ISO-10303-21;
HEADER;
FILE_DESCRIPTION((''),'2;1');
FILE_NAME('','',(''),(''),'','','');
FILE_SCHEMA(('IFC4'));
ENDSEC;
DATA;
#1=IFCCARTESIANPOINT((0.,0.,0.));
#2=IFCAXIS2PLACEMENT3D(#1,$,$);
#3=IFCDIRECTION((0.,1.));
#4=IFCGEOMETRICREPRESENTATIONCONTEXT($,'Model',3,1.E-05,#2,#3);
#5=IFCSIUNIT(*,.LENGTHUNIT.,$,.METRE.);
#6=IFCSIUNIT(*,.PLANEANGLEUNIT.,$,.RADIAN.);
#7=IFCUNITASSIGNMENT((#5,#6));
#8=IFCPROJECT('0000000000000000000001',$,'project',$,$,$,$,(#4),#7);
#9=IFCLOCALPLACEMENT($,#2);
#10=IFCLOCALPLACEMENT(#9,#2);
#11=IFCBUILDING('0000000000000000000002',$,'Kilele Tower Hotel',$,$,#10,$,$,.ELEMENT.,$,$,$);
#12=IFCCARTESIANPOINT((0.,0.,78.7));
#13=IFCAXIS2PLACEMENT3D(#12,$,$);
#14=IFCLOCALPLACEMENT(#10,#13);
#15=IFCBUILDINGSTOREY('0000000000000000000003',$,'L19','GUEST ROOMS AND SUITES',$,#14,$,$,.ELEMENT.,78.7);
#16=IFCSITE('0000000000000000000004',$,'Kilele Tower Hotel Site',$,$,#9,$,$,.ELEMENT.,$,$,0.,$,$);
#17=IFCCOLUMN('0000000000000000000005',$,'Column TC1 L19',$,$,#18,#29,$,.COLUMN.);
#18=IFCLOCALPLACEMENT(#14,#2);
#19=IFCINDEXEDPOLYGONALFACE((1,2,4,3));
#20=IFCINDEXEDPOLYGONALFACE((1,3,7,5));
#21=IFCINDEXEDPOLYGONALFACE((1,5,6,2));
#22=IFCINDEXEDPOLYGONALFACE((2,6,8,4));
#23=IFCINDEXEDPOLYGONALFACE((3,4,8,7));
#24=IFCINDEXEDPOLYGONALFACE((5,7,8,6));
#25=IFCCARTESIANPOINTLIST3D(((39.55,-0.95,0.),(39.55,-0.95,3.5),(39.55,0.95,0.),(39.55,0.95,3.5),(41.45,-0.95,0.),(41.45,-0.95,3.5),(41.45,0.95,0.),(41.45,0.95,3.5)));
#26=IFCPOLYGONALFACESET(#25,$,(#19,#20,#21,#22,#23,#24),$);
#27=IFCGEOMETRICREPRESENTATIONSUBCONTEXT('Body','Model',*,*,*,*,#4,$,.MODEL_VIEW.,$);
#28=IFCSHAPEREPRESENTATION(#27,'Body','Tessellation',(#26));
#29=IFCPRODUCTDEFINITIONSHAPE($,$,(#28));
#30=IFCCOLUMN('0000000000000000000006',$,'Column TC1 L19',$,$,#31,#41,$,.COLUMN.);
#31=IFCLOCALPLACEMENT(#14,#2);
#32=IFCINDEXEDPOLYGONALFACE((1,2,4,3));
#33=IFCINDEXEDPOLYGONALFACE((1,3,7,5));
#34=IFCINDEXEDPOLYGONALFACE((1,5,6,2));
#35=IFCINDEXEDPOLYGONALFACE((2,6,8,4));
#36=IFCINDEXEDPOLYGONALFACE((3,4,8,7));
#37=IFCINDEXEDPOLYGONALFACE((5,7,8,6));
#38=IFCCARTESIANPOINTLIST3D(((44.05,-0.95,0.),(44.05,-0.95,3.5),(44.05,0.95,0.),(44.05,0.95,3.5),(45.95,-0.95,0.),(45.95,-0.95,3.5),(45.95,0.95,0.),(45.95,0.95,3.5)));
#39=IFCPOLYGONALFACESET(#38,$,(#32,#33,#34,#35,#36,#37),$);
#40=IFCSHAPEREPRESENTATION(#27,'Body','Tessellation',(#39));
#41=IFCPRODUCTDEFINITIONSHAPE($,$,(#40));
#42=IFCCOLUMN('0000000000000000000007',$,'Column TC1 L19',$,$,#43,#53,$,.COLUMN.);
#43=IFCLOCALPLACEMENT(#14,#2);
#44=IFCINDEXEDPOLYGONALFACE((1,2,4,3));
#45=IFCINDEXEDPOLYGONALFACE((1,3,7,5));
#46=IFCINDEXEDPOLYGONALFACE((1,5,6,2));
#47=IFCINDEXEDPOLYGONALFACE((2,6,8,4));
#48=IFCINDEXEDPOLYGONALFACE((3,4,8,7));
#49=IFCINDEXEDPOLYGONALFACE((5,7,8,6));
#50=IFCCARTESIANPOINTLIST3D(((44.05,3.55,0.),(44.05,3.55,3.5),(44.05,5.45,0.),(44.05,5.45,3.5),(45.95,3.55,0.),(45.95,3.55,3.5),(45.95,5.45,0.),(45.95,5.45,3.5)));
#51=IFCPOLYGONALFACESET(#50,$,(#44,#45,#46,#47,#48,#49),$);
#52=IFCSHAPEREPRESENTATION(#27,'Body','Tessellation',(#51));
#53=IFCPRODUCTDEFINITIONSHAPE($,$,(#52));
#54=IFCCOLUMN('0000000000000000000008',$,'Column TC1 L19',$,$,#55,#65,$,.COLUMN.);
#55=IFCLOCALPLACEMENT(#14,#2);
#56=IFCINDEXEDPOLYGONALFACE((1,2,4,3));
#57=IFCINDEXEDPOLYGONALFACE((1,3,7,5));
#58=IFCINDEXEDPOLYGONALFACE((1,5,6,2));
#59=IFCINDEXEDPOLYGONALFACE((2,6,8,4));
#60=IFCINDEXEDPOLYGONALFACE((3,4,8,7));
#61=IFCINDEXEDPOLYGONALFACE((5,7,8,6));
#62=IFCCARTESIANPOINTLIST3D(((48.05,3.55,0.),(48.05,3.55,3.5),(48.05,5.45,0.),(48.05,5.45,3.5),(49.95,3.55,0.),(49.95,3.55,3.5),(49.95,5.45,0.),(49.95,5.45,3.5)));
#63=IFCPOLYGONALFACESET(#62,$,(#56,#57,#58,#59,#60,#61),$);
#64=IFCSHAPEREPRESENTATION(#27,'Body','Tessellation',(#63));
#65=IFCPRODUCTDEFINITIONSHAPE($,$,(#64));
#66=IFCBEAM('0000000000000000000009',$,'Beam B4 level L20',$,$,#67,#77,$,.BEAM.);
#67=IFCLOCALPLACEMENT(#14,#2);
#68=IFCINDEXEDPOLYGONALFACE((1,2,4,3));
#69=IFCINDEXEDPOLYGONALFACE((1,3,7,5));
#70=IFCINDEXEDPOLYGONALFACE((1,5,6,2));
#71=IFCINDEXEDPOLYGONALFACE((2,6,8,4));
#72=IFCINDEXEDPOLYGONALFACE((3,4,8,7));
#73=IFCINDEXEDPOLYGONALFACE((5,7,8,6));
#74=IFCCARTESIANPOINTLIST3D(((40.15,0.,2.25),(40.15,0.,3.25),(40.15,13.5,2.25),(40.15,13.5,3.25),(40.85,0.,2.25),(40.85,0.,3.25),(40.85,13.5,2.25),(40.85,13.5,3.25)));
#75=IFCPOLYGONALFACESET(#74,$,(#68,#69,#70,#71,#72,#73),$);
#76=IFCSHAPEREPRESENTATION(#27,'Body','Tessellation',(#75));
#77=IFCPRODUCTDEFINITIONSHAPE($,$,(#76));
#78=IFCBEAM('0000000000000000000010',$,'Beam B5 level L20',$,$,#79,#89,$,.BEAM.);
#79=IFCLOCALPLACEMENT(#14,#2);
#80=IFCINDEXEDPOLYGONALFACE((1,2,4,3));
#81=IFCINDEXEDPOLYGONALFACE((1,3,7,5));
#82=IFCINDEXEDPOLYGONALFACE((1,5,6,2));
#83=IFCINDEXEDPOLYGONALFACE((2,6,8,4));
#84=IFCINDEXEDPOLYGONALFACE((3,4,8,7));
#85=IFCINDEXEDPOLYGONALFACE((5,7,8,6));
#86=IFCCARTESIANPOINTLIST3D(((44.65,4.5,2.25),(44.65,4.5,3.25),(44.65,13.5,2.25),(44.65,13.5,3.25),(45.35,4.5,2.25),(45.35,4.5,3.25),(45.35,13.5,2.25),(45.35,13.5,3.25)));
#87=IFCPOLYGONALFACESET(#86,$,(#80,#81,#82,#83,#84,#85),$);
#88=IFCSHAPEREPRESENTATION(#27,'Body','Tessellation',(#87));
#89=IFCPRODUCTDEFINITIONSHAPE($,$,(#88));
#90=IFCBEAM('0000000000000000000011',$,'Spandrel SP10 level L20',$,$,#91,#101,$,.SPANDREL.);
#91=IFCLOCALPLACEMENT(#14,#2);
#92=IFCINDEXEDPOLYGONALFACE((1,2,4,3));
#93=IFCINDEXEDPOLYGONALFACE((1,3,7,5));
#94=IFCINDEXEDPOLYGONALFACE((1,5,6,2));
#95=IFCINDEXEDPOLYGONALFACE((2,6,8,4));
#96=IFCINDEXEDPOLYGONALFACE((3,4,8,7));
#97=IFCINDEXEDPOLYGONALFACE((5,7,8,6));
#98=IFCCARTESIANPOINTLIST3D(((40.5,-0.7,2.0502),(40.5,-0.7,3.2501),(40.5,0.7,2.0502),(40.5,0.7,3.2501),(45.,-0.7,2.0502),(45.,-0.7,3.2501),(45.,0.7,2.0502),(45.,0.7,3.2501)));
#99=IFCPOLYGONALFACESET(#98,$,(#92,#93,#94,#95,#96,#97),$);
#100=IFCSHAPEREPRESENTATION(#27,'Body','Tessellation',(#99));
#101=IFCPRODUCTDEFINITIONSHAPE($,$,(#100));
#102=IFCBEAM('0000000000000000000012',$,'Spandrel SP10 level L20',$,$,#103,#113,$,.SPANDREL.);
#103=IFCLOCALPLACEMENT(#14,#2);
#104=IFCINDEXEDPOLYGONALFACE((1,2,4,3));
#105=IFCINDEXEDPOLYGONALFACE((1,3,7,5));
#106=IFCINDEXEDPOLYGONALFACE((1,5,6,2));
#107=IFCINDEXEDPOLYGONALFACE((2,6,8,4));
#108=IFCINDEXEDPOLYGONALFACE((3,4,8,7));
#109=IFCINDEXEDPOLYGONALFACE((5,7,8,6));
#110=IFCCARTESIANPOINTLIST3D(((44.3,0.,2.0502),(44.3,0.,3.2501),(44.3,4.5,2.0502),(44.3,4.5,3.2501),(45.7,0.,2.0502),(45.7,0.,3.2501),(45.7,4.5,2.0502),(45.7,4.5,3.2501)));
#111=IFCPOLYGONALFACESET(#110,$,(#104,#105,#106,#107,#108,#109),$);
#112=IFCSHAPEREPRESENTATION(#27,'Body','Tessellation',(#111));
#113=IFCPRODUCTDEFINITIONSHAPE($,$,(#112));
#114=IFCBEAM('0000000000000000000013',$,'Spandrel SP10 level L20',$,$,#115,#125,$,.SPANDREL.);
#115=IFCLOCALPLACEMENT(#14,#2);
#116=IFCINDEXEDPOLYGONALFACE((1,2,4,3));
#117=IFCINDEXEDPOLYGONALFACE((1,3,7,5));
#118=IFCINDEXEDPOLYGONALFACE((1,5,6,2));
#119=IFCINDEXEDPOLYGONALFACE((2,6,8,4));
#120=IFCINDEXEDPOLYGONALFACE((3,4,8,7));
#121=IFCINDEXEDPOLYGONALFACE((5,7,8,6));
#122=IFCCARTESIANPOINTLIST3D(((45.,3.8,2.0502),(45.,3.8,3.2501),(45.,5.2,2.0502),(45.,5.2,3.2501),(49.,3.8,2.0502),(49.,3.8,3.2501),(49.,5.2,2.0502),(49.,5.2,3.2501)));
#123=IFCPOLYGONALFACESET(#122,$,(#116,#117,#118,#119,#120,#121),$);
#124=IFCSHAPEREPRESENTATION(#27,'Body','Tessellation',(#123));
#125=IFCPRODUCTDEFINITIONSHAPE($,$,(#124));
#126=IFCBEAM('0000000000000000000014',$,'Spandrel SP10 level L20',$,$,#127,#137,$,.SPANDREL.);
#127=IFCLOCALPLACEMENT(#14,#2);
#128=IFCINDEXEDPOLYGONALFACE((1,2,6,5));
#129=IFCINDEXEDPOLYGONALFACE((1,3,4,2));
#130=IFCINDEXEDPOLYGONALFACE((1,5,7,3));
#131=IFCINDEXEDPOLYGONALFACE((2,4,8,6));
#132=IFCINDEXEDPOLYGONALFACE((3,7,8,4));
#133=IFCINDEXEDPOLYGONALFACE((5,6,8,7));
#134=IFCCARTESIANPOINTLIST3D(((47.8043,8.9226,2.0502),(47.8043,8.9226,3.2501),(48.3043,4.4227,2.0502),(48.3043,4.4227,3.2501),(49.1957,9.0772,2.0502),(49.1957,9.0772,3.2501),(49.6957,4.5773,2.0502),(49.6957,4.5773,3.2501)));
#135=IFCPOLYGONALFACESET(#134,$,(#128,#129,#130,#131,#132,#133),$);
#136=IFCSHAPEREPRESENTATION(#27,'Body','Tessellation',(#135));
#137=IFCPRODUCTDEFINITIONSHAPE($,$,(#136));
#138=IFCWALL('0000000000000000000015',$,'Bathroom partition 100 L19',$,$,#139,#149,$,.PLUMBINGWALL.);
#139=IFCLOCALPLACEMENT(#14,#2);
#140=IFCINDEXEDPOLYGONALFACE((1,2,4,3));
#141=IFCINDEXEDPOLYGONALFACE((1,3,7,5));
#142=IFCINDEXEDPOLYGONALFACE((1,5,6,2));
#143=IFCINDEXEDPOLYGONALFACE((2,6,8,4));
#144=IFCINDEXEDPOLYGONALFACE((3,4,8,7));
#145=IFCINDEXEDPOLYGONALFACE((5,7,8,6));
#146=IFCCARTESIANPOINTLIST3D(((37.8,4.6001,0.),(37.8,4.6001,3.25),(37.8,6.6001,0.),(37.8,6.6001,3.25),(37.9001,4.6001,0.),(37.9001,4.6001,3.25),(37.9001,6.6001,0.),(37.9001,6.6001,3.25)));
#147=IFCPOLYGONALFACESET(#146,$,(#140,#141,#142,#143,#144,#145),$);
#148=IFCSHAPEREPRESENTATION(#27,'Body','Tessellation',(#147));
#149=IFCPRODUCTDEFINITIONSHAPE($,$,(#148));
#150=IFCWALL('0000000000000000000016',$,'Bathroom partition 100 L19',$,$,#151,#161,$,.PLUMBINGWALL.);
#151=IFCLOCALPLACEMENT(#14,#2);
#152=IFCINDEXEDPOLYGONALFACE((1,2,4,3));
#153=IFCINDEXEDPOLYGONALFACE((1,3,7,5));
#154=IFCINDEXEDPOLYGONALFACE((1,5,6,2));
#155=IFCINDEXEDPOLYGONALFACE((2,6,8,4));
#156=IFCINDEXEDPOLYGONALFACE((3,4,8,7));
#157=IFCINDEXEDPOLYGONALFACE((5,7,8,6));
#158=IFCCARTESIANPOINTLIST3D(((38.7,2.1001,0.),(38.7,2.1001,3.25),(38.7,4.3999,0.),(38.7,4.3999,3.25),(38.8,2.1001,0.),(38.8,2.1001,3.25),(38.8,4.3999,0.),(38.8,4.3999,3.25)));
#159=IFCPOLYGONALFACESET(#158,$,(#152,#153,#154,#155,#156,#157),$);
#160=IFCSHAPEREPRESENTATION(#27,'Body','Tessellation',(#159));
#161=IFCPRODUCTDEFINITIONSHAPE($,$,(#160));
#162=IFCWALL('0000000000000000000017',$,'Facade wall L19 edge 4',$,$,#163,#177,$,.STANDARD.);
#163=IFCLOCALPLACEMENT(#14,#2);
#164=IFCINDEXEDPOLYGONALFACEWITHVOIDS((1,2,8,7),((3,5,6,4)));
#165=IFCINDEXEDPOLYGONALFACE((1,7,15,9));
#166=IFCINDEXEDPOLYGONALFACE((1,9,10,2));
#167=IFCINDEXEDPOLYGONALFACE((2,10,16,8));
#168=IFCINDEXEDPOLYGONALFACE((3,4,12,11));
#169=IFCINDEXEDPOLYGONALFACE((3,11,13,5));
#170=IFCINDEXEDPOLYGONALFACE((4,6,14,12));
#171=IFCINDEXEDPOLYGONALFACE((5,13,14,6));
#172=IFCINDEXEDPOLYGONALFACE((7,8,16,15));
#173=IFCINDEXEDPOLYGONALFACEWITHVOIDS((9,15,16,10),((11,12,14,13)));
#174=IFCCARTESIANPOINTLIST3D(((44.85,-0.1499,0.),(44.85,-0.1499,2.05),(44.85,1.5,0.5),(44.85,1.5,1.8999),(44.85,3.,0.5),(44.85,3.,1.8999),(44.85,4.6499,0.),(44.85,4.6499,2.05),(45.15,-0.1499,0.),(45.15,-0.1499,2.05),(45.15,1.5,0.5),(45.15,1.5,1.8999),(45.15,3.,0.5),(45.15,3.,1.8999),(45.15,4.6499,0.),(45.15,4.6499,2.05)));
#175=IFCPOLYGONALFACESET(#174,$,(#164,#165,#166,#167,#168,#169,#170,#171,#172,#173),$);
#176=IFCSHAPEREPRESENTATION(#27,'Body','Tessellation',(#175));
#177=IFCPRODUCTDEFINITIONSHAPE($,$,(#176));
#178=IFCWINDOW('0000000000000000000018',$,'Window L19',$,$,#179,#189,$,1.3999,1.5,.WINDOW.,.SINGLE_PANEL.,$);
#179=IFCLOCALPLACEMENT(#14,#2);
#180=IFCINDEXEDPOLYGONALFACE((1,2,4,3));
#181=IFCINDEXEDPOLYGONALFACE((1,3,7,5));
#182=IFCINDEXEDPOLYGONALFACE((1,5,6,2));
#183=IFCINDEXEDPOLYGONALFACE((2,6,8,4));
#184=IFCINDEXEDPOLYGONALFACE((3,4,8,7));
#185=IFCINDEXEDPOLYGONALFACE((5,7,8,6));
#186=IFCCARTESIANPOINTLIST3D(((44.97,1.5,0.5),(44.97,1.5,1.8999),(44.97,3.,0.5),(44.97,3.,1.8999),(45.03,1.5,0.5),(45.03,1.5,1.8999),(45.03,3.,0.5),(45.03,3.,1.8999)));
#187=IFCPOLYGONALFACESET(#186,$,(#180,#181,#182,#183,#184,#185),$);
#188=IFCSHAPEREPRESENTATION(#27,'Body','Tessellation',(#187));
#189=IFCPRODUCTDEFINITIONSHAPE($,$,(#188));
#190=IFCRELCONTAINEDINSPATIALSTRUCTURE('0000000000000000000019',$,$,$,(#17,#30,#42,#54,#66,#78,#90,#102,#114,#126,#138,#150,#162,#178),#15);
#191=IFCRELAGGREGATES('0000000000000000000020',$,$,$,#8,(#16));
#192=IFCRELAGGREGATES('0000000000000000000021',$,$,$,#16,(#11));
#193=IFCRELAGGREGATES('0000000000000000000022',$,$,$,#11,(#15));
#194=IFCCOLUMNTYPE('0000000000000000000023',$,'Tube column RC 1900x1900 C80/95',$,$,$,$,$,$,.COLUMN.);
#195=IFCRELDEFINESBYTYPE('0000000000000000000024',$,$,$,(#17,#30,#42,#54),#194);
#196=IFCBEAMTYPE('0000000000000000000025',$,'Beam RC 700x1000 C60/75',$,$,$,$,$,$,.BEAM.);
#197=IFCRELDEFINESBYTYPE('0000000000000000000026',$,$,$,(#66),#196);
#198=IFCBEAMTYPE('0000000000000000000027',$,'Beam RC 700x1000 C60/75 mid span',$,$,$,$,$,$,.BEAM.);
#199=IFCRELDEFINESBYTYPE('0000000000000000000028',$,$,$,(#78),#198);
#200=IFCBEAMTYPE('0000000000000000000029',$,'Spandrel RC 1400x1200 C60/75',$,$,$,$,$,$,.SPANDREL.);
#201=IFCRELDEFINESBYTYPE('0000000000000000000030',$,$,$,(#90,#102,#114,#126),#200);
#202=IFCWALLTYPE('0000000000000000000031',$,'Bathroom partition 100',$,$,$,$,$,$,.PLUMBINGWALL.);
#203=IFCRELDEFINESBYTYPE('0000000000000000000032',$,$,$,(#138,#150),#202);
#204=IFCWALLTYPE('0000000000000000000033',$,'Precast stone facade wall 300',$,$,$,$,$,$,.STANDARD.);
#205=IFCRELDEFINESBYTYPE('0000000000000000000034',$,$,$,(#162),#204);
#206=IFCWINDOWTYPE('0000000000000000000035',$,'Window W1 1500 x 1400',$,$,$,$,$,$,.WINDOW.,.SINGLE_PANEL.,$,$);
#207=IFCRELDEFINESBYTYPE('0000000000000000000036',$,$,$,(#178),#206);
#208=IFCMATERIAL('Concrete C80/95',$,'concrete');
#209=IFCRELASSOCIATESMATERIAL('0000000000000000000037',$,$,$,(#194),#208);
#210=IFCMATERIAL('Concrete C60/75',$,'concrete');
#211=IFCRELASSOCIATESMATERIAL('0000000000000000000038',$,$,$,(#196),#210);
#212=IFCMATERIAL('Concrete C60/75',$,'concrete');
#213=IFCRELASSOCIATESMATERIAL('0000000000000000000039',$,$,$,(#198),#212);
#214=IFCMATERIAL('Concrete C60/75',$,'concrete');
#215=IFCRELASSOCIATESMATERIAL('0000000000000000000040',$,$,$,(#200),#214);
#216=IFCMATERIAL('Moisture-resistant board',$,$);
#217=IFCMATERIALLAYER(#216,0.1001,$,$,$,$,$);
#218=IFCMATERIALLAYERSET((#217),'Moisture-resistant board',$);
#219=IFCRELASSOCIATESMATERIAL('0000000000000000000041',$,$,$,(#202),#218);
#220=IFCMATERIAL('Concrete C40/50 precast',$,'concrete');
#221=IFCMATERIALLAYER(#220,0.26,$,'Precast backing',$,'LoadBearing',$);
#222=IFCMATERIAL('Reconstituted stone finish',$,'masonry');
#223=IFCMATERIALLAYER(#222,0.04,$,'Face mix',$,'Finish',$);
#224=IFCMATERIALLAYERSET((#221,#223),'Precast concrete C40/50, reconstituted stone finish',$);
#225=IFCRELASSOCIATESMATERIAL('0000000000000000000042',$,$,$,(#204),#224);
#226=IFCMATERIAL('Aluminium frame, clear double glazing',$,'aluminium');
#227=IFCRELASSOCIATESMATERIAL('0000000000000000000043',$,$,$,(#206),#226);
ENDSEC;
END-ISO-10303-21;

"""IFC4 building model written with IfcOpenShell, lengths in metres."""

from ifc_helpers import new_model, si_unit, direction, frame, frame_2d, origin, origin_2d, place, context, subcontext, project, spatial, rectangle, extrude, material, layer, layer_set, material_profile, profile_set, type_object, element, fill, save


model = new_model("IFC4")

# Units and contexts
model_context = context("Model", 3, precision=1e-05, world=origin(), true_north=direction((0.0, 1.0)))
body_context = subcontext(model_context, "Body", "Model", "MODEL_VIEW")
ifc_project = project(units=[si_unit("LENGTHUNIT", "METRE"), si_unit("PLANEANGLEUNIT", "RADIAN")], contexts=[model_context])

# Site, building, storey
site_placement = place(None, origin())
site = spatial("IfcSite", under=ifc_project, at=site_placement, Name="Kilele Tower Hotel Site", CompositionType="ELEMENT", RefElevation=0.0)
building_placement = place(site_placement, origin())
building = spatial("IfcBuilding", under=site, at=building_placement, Name="Kilele Tower Hotel", CompositionType="ELEMENT")
storey_placement = place(building_placement, frame((0.0, 0.0, 78.7)))
storey = spatial("IfcBuildingStorey", under=building, at=storey_placement, Name="L19", Description="GUEST ROOMS AND SUITES", CompositionType="ELEMENT", Elevation=78.7)

# Columns
ifc_material_1 = material(Name="Concrete C80/95", Category="concrete")
ifc_material_profile_1 = material_profile(ifc_material_1, rectangle(XDim=1.8999, YDim=1.8999, at=origin_2d()))
ifc_profile_set_1 = profile_set([ifc_material_profile_1], Name="Concrete C80/95")
column_type = type_object("IfcColumnType", Name="Tube column RC 1900x1900 C80/95", PredefinedType="COLUMN", material=ifc_profile_set_1)
for number, where, z_axis, x_axis, name in (
    (1, (40.5, 0.0, 0.0), (0.0, 0.0, 1.0), (1.0, 0.0, 0.0), "Column TC1 L19"),
    (2, (45.0, 0.0, 0.0), (0.0, 0.0, 1.0), (1.0, 0.0, 0.0), "Column TC1 L19"),
    (3, (45.0, 4.5, 0.0), (0.0, 0.0, 1.0), (1.0, 0.0, 0.0), "Column TC1 L19"),
    (4, (49.0, 4.5, 0.0), (0.0, 0.0, 1.0), (1.0, 0.0, 0.0), "Column TC1 L19"),
):
    element("IfcColumn", number, at=place(storey_placement, frame(where, z_axis=z_axis, x_axis=x_axis)), inside=storey, type_object=column_type, Name=name, PredefinedType="COLUMN", context=body_context, shape_type="SweptSolid", body=[
        extrude(rectangle(XDim=1.8999, YDim=1.8999, at=origin_2d()), origin(), (0.0, 0.0, 1.0), 3.5),
    ])

# Beams
ifc_material_2 = material(Name="Concrete C60/75", Category="concrete")
ifc_material_profile_2 = material_profile(ifc_material_2, rectangle(XDim=0.7, YDim=1.0, at=origin_2d()))
ifc_profile_set_2 = profile_set([ifc_material_profile_2], Name="Concrete C60/75")
beam_type_1 = type_object("IfcBeamType", Name="Beam RC 700x1000 C60/75", PredefinedType="BEAM", material=ifc_profile_set_2)
beam_1_placement = place(storey_placement, frame((40.5, 0.0, 2.75), z_axis=(0.0, 1.0, 0.0), x_axis=(-1.0, 0.0, 0.0)))
element("IfcBeam", 5, at=beam_1_placement, inside=storey, type_object=beam_type_1, Name="Beam B4 level L20", PredefinedType="BEAM", context=body_context, shape_type="SweptSolid", body=[
    extrude(rectangle(XDim=0.7, YDim=1.0, at=origin_2d()), origin(), (0.0, 0.0, 1.0), 13.5),
])
ifc_material_3 = material(Name="Concrete C60/75", Category="concrete")
ifc_material_profile_3 = material_profile(ifc_material_3, rectangle(XDim=0.7, YDim=1.0, at=origin_2d()))
ifc_profile_set_3 = profile_set([ifc_material_profile_3], Name="Concrete C60/75")
beam_type_2 = type_object("IfcBeamType", Name="Beam RC 700x1000 C60/75 mid span", PredefinedType="BEAM", material=ifc_profile_set_3)
beam_2_placement = place(storey_placement, frame((45.0, 4.5, 2.75), z_axis=(0.0, 1.0, 0.0), x_axis=(-1.0, 0.0, 0.0)))
element("IfcBeam", 6, at=beam_2_placement, inside=storey, type_object=beam_type_2, Name="Beam B5 level L20", PredefinedType="BEAM", context=body_context, shape_type="SweptSolid", body=[
    extrude(rectangle(XDim=0.7, YDim=1.0, at=origin_2d()), origin(), (0.0, 0.0, 1.0), 9.0),
])
ifc_material_4 = material(Name="Concrete C60/75", Category="concrete")
ifc_material_profile_4 = material_profile(ifc_material_4, rectangle(XDim=1.3999, YDim=1.2, at=origin_2d()))
ifc_profile_set_4 = profile_set([ifc_material_profile_4], Name="Concrete C60/75")
beam_type_3 = type_object("IfcBeamType", Name="Spandrel RC 1400x1200 C60/75", PredefinedType="SPANDREL", material=ifc_profile_set_4)
for number, where, z_axis, x_axis, name in (
    (7, (40.5, 0.0, 2.6501), (1.0, 0.0, 0.0), (0.0, 1.0, 0.0), "Spandrel SP10 level L20"),
    (8, (45.0, 0.0, 2.6501), (0.0, 1.0, 0.0), (-1.0, 0.0, 0.0), "Spandrel SP10 level L20"),
):
    element("IfcBeam", number, at=place(storey_placement, frame(where, z_axis=z_axis, x_axis=x_axis)), inside=storey, type_object=beam_type_3, Name=name, PredefinedType="SPANDREL", context=body_context, shape_type="SweptSolid", body=[
        extrude(rectangle(XDim=1.3999, YDim=1.2, at=origin_2d()), origin(), (0.0, 0.0, 1.0), 4.5),
    ])
beam_3_placement = place(storey_placement, frame((45.0, 4.5, 2.6501), z_axis=(1.0, 0.0, 0.0), x_axis=(0.0, 1.0, 0.0)))
element("IfcBeam", 9, at=beam_3_placement, inside=storey, type_object=beam_type_3, Name="Spandrel SP10 level L20", PredefinedType="SPANDREL", context=body_context, shape_type="SweptSolid", body=[
    extrude(rectangle(XDim=1.3999, YDim=1.2, at=origin_2d()), origin(), (0.0, 0.0, 1.0), 4.0),
])
beam_4_placement = place(storey_placement, frame((49.0, 4.5, 2.6501), z_axis=(-0.110432, 0.993884, 0.0), x_axis=(-0.993884, -0.110432, 0.0)))
element("IfcBeam", 10, at=beam_4_placement, inside=storey, type_object=beam_type_3, Name="Spandrel SP10 level L20", PredefinedType="SPANDREL", context=body_context, shape_type="SweptSolid", body=[
    extrude(rectangle(XDim=1.3999, YDim=1.2, at=origin_2d()), origin(), (0.0, 0.0, 1.0), 4.5276),
])

# Walls
ifc_material_5 = material(Name="Moisture-resistant board")
ifc_layer_1 = layer(ifc_material_5, 0.1001)
ifc_layer_set_1 = layer_set([ifc_layer_1], Name="Moisture-resistant board")
wall_type_1 = type_object("IfcWallType", Name="Bathroom partition 100", PredefinedType="PLUMBINGWALL", material=ifc_layer_set_1)
wall_1_placement = place(storey_placement, frame((37.8501, 4.6001, 0.0), z_axis=(0.0, 0.0, 1.0), x_axis=(0.0, 1.0, 0.0)))
element("IfcWall", 11, at=wall_1_placement, inside=storey, type_object=wall_type_1, Name="Bathroom partition 100 L19", PredefinedType="PLUMBINGWALL", context=body_context, shape_type="SweptSolid", body=[
    extrude(rectangle(XDim=2.0, YDim=0.1001, at=frame_2d((1.0, 0.0))), origin(), (0.0, 0.0, 1.0), 3.25),
])
wall_2_placement = place(storey_placement, frame((38.75, 4.3999, 0.0), z_axis=(0.0, 0.0, 1.0), x_axis=(0.0, -1.0, 0.0)))
element("IfcWall", 12, at=wall_2_placement, inside=storey, type_object=wall_type_1, Name="Bathroom partition 100 L19", PredefinedType="PLUMBINGWALL", context=body_context, shape_type="SweptSolid", body=[
    extrude(rectangle(XDim=2.2998, YDim=0.1001, at=frame_2d((1.1499, 0.0))), origin(), (0.0, 0.0, 1.0), 3.25),
])

# Wall, opening, window
ifc_material_6 = material(Name="Concrete C40/50 precast", Category="concrete")
ifc_layer_2 = layer(ifc_material_6, 0.26, Name="Precast backing", Category="LoadBearing")
ifc_material_7 = material(Name="Reconstituted stone finish", Category="masonry")
ifc_layer_3 = layer(ifc_material_7, 0.04, Name="Face mix", Category="Finish")
ifc_layer_set_2 = layer_set([ifc_layer_2, ifc_layer_3], Name="Precast concrete C40/50, reconstituted stone finish")
wall_type_2 = type_object("IfcWallType", Name="Precast stone facade wall 300", PredefinedType="STANDARD", material=ifc_layer_set_2)
wall_3_placement = place(storey_placement, frame((45.0, -0.1499, 0.0), z_axis=(0.0, 0.0, 1.0), x_axis=(0.0, 1.0, 0.0)))
wall_3 = element("IfcWall", 13, at=wall_3_placement, inside=storey, type_object=wall_type_2, Name="Facade wall L19 edge 4", PredefinedType="STANDARD", context=body_context, shape_type="SweptSolid", body=[
    extrude(rectangle(XDim=4.7998, YDim=0.3, at=frame_2d((2.3999, 0.0))), origin(), (0.0, 0.0, 1.0), 2.05),
])
opening_1_placement = place(wall_3_placement, frame((1.6499, 0.0, 0.5)))
opening_1 = element("IfcOpeningElement", 14, at=opening_1_placement, cuts=wall_3, PredefinedType="OPENING", context=body_context, shape_type="SweptSolid", body=[
    extrude(rectangle(XDim=1.5, YDim=1.3999, at=frame_2d((0.75, 0.7))), frame((0.0, 0.1599, 0.0), z_axis=(0.0, -1.0, 0.0), x_axis=(1.0, 0.0, 0.0)), (0.0, 0.0, 1.0), 0.3201),
])
ifc_material_8 = material(Name="Aluminium frame, clear double glazing", Category="aluminium")
window_type = type_object("IfcWindowType", Name="Window W1 1500 x 1400", PartitioningType="SINGLE_PANEL", PredefinedType="WINDOW", material=ifc_material_8)
window_1_placement = place(opening_1_placement, origin())
window_1 = element("IfcWindow", 15, at=window_1_placement, inside=storey, type_object=window_type, Name="Window L19", OverallHeight=1.3999, OverallWidth=1.5, PartitioningType="SINGLE_PANEL", PredefinedType="WINDOW", context=body_context, shape_type="SweptSolid", body=[
    extrude(rectangle(XDim=1.5, YDim=1.3999, at=frame_2d((0.75, 0.7))), frame((0.0, 0.03, 0.0), z_axis=(0.0, -1.0, 0.0), x_axis=(1.0, 0.0, 0.0)), (0.0, 0.0, 1.0), 0.0601),
])
fill(opening_1, window_1)

save(model, "model.ifc")
